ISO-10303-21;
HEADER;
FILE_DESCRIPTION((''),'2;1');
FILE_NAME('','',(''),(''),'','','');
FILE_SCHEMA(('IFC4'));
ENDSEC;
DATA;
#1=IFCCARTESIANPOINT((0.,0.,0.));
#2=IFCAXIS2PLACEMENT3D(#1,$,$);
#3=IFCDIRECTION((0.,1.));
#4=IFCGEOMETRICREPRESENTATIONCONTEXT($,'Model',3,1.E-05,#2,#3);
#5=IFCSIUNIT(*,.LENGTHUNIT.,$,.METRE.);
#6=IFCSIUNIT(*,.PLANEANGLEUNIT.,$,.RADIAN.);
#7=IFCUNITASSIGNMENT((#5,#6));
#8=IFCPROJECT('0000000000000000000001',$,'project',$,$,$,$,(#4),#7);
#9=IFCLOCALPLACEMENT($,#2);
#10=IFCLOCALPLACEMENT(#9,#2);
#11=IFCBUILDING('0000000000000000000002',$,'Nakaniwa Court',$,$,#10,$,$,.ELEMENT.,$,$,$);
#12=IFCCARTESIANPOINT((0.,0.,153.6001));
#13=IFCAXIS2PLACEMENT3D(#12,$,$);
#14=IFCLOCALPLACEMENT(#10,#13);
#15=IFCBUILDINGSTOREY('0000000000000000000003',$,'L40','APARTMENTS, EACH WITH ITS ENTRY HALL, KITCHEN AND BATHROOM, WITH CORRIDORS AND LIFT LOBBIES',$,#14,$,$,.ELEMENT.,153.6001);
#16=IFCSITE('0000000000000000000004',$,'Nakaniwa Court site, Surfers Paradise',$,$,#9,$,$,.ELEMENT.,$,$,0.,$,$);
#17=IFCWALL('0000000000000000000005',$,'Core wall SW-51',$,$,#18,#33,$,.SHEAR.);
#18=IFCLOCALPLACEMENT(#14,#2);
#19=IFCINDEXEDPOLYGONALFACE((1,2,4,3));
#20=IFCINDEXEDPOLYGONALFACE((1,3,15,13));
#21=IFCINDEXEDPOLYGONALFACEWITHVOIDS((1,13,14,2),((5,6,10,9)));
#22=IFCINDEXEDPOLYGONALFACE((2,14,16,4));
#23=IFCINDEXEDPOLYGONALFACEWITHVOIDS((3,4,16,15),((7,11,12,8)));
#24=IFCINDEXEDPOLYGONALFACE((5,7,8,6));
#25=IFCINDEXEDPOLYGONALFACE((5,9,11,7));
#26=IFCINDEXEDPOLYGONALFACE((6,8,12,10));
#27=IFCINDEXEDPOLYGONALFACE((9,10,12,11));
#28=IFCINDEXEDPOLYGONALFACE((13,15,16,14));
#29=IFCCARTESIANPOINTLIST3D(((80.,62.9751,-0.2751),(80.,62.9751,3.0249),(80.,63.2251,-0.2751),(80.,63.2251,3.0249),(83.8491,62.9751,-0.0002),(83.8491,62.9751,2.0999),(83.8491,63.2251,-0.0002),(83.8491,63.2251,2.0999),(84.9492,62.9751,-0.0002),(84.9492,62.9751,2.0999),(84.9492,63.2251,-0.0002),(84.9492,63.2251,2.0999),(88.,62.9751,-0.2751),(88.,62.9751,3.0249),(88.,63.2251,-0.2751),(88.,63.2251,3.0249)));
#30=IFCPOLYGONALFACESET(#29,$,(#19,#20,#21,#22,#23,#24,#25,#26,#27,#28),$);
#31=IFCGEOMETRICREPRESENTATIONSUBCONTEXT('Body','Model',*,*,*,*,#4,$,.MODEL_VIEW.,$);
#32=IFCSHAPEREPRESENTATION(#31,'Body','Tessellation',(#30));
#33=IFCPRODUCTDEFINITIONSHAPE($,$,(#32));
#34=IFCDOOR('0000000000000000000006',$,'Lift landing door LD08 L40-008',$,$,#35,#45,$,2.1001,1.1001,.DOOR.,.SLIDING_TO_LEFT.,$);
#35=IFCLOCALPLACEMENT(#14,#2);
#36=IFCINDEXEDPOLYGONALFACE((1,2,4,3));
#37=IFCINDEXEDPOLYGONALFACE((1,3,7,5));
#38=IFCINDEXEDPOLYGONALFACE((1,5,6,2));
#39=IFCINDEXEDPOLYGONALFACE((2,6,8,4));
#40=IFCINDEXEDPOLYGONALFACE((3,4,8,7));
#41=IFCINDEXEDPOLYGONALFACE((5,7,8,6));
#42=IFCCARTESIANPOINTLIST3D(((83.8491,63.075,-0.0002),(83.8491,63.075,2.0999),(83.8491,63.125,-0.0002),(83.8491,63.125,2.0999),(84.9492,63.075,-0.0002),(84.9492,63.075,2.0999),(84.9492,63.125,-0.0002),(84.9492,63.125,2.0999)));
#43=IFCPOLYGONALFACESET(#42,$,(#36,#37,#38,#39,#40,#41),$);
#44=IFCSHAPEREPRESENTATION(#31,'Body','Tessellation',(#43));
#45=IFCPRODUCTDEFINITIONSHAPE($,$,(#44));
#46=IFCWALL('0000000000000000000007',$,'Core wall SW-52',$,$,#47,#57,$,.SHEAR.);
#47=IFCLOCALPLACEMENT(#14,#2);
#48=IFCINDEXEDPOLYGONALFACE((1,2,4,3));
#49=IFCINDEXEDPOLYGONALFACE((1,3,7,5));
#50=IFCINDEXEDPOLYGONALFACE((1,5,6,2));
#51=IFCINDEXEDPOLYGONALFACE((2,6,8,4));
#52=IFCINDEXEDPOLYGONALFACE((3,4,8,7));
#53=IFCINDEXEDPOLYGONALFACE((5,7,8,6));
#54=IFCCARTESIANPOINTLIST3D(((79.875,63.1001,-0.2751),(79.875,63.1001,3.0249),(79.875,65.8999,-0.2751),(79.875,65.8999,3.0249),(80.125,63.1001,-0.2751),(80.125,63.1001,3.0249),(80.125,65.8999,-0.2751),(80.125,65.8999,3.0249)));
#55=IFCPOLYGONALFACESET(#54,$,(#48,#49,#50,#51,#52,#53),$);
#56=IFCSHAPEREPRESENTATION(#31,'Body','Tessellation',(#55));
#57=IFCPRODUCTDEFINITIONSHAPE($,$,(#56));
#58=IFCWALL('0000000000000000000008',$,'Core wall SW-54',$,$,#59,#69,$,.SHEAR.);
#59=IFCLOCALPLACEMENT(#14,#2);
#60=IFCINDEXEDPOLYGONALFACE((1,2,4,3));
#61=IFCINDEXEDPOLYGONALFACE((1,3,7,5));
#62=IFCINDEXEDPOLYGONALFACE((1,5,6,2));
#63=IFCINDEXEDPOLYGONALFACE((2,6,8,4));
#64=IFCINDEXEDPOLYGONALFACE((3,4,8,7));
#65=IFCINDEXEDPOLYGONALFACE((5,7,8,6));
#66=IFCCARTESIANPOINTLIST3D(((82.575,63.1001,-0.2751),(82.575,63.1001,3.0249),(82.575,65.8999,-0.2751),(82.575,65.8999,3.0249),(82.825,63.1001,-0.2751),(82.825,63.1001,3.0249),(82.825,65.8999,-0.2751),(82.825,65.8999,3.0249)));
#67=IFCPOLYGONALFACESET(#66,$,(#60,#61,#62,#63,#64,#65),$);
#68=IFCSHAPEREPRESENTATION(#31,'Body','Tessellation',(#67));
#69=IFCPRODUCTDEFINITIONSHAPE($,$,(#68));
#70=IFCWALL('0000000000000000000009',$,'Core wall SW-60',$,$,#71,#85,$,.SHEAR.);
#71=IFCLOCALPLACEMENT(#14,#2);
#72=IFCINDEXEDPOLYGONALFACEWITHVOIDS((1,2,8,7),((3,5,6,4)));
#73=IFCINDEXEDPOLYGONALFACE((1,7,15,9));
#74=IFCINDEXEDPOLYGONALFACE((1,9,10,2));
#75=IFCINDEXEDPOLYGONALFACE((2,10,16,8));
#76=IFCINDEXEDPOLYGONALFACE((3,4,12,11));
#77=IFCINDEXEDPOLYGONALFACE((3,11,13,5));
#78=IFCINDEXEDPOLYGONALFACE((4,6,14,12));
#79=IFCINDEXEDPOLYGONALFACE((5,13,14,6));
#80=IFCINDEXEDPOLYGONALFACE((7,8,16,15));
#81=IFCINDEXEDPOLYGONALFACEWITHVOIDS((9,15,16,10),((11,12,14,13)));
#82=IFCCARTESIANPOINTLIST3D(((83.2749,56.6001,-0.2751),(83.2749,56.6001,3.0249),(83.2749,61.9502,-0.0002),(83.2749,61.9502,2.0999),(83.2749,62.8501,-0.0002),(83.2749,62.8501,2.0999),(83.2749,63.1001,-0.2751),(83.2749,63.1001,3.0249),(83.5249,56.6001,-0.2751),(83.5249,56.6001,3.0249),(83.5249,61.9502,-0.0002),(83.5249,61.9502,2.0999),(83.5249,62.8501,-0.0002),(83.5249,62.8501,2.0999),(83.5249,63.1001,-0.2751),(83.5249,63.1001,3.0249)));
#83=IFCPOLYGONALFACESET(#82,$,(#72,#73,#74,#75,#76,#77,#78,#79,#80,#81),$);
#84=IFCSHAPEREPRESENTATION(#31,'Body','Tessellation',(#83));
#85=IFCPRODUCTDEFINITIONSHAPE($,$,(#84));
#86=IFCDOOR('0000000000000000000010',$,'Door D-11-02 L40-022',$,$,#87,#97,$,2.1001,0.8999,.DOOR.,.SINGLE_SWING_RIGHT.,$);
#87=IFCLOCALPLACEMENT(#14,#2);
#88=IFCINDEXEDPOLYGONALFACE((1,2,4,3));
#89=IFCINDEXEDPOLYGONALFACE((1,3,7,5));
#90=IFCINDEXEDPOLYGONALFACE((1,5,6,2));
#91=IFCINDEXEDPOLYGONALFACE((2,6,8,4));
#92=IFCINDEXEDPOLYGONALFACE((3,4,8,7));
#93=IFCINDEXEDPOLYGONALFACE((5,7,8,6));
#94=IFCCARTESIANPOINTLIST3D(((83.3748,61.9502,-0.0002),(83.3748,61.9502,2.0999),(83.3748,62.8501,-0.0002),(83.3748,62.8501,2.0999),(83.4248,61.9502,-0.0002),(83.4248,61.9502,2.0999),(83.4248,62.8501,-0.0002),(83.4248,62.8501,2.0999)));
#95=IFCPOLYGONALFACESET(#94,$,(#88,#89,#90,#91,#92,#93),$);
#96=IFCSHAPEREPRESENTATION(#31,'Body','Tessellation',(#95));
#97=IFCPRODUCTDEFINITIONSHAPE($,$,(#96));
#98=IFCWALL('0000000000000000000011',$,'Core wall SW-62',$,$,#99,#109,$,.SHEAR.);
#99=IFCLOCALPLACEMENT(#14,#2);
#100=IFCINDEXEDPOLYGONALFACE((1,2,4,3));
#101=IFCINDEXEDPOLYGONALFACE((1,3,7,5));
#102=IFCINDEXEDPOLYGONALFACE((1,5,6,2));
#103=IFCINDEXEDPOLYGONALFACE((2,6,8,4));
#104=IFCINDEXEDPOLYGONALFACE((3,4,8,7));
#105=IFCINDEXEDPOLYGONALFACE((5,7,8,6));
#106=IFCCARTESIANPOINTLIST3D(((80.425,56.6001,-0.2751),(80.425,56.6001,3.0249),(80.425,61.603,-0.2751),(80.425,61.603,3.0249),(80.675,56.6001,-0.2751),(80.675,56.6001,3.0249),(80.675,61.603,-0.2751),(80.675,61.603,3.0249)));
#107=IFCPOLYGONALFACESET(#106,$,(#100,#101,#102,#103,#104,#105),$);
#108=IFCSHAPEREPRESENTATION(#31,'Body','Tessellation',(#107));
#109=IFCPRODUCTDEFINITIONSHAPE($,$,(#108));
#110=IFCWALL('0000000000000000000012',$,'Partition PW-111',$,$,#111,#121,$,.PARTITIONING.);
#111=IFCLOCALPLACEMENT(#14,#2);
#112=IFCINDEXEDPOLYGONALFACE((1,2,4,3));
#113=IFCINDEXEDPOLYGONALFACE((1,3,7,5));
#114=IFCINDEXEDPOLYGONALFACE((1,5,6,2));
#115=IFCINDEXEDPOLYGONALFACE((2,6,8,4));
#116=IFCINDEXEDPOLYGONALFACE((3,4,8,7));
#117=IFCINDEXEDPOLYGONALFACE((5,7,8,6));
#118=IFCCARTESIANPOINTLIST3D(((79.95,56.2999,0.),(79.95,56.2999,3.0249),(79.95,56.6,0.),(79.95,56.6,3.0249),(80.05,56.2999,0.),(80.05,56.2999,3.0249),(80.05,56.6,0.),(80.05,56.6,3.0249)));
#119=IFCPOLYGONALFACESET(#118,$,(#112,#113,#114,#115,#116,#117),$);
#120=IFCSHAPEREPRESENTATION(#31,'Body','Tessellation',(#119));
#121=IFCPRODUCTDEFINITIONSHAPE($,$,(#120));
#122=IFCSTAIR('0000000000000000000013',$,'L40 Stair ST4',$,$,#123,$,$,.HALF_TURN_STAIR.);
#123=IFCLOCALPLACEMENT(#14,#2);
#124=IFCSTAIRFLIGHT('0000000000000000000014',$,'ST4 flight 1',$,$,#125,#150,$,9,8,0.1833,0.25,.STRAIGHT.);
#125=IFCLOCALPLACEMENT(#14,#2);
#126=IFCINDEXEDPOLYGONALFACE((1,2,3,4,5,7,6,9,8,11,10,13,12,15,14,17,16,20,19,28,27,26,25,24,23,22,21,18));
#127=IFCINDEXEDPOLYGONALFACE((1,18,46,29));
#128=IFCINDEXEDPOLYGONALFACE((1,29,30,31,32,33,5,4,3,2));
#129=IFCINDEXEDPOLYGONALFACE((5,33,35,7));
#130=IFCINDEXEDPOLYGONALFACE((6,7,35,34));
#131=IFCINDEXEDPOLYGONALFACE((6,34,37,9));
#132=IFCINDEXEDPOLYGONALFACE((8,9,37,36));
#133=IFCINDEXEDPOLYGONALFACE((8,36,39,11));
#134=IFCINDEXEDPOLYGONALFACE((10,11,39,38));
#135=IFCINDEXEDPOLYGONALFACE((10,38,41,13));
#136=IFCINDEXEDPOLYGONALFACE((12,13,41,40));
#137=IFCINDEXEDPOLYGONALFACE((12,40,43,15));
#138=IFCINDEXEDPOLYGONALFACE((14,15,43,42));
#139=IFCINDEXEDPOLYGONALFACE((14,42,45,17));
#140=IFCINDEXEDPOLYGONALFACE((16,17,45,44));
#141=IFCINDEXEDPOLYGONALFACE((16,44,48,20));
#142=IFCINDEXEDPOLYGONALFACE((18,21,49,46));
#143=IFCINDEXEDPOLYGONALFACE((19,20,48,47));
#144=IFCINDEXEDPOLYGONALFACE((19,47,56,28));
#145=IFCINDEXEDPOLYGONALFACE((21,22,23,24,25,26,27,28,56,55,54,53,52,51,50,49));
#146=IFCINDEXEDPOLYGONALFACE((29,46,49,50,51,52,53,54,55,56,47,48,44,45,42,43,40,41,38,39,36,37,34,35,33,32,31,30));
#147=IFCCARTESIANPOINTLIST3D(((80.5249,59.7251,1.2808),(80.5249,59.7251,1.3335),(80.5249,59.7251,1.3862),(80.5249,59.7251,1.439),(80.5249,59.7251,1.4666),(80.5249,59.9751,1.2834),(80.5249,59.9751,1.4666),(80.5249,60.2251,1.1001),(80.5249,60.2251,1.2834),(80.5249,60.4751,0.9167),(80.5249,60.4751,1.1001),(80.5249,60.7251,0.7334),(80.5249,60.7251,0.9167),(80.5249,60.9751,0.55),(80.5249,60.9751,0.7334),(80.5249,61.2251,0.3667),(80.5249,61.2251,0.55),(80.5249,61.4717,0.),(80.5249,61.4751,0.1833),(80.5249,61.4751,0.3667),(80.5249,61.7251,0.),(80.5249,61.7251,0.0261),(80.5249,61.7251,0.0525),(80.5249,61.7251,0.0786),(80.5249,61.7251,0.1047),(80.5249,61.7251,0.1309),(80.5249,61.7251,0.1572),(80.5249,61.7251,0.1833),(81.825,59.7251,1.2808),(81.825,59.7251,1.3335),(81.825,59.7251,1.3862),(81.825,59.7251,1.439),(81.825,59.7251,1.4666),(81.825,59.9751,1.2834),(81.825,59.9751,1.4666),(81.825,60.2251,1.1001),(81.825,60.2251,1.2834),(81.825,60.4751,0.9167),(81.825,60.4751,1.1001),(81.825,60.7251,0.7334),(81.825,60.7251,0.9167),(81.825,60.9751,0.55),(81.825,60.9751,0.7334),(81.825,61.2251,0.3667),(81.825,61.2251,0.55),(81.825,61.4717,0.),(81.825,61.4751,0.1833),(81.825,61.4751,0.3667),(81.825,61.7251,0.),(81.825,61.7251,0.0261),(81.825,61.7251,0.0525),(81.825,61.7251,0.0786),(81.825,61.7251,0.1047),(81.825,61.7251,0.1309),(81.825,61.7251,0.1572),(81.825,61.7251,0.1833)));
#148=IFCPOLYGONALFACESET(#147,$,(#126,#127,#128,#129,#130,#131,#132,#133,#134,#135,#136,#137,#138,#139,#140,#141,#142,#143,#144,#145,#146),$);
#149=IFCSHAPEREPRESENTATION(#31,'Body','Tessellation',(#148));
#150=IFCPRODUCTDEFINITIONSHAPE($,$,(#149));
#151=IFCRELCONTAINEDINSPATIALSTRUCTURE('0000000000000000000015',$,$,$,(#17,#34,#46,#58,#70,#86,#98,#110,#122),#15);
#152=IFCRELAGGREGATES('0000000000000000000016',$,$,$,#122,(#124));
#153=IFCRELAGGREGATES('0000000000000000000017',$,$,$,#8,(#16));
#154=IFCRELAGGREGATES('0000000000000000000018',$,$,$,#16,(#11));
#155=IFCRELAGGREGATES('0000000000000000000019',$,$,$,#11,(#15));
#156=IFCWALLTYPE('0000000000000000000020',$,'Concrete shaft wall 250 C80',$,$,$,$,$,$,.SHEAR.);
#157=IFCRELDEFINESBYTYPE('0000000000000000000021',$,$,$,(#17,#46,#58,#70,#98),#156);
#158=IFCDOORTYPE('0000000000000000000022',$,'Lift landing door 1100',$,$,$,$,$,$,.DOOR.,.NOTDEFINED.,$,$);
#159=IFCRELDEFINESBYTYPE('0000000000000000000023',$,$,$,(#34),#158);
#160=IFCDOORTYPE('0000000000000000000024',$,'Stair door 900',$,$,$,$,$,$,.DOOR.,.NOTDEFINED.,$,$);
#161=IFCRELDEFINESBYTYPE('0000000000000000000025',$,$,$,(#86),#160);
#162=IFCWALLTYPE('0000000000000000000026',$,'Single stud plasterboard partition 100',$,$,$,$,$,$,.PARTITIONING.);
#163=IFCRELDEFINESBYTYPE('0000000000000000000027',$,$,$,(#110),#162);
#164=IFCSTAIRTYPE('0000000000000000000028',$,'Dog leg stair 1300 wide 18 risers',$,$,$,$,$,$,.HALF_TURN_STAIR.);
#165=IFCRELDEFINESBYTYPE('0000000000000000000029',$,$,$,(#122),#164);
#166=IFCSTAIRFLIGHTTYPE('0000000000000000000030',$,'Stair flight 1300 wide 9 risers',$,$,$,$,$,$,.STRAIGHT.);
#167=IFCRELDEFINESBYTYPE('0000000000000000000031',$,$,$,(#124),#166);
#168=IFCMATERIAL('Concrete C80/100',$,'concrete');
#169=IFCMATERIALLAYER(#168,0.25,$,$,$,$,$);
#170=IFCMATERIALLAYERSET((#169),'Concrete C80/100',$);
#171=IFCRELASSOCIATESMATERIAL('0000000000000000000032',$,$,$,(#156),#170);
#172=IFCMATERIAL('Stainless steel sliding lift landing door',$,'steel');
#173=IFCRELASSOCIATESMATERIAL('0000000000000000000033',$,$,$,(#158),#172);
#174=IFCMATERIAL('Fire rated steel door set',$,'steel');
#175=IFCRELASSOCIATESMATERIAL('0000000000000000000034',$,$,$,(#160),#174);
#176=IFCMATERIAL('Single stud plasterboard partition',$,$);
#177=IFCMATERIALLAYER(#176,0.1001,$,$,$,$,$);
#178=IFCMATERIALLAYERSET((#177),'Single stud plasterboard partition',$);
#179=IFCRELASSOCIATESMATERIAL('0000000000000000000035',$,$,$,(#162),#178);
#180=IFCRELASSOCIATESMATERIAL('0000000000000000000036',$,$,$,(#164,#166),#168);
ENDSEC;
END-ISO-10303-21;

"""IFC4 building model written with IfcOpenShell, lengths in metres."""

from ifc_helpers import new_model, si_unit, direction, frame, frame_2d, origin, place, context, subcontext, project, spatial, polyline, rectangle, outline, extrude, material, layer, layer_set, type_object, element, fill, aggregate, save


model = new_model("IFC4")

# Units and contexts
model_context = context("Model", 3, precision=1e-05, world=origin(), true_north=direction((0.0, 1.0)))
body_context = subcontext(model_context, "Body", "Model", "MODEL_VIEW")
ifc_project = project(units=[si_unit("LENGTHUNIT", "METRE"), si_unit("PLANEANGLEUNIT", "RADIAN")], contexts=[model_context])

# Site, building, storey
site_placement = place(None, origin())
site = spatial("IfcSite", under=ifc_project, at=site_placement, Name="Nakaniwa Court site, Surfers Paradise", CompositionType="ELEMENT", RefElevation=0.0)
building_placement = place(site_placement, origin())
building = spatial("IfcBuilding", under=site, at=building_placement, Name="Nakaniwa Court", CompositionType="ELEMENT")
storey_placement = place(building_placement, frame((0.0, 0.0, 153.6001)))
storey = spatial("IfcBuildingStorey", under=building, at=storey_placement, Name="L40", Description="APARTMENTS, EACH WITH ITS ENTRY HALL, KITCHEN AND BATHROOM, WITH CORRIDORS AND LIFT LOBBIES", CompositionType="ELEMENT", Elevation=153.6001)

# Shared definitions
ifc_material_1 = material(Name="Fire rated steel door set", Category="steel")

# Shared definitions
ifc_material_2 = material(Name="Concrete C80/100", Category="concrete")
ifc_layer_1 = layer(ifc_material_2, 0.25)
ifc_layer_set_1 = layer_set([ifc_layer_1], Name="Concrete C80/100")
wall_type_1 = type_object("IfcWallType", Name="Concrete shaft wall 250 C80", PredefinedType="SHEAR", material=ifc_layer_set_1)

# Wall, opening, door
wall_1_placement = place(storey_placement, frame((80.0, 63.1001, -0.2751), z_axis=(0.0, 0.0, 1.0), x_axis=(1.0, 0.0, 0.0)))
wall_1 = element("IfcWall", 1, at=wall_1_placement, inside=storey, type_object=wall_type_1, Name="Core wall SW-51", PredefinedType="SHEAR", context=body_context, shape_type="SweptSolid", body=[
    extrude(rectangle(XDim=8.0, YDim=0.25, at=frame_2d((4.0, 0.0))), origin(), (0.0, 0.0, 1.0), 3.3),
])
opening_1_placement = place(wall_1_placement, frame((3.8491, 0.0, 0.2749)))
opening_1 = element("IfcOpeningElement", 2, at=opening_1_placement, cuts=wall_1, PredefinedType="OPENING", context=body_context, shape_type="SweptSolid", body=[
    extrude(rectangle(XDim=1.1001, YDim=2.1001, at=frame_2d((0.55, 1.05))), frame((0.0, 0.135, 0.0), z_axis=(0.0, -1.0, 0.0), x_axis=(1.0, 0.0, 0.0)), (0.0, 0.0, 1.0), 0.27),
])
ifc_material_3 = material(Name="Stainless steel sliding lift landing door", Category="steel")
door_type_1 = type_object("IfcDoorType", Name="Lift landing door 1100", OperationType="NOTDEFINED", PredefinedType="DOOR", material=ifc_material_3)
door_1_placement = place(opening_1_placement, origin())
door_1 = element("IfcDoor", 3, at=door_1_placement, inside=storey, type_object=door_type_1, Name="Lift landing door LD08 L40-008", OperationType="SLIDING_TO_LEFT", OverallHeight=2.1001, OverallWidth=1.1001, PredefinedType="DOOR", context=body_context, shape_type="SweptSolid", body=[
    extrude(rectangle(XDim=1.1001, YDim=2.1001, at=frame_2d((0.55, 1.05))), frame((0.0, 0.0249, 0.0), z_axis=(0.0, -1.0, 0.0), x_axis=(1.0, 0.0, 0.0)), (0.0, 0.0, 1.0), 0.05),
])
fill(opening_1, door_1)

# Walls
for number, where, z_axis, x_axis, name in (
    (4, (80.0, 63.1001, -0.2751), (0.0, 0.0, 1.0), (0.0, 1.0, 0.0), "Core wall SW-52"),
    (5, (82.7, 63.1001, -0.2751), (0.0, 0.0, 1.0), (0.0, 1.0, 0.0), "Core wall SW-54"),
):
    element("IfcWall", number, at=place(storey_placement, frame(where, z_axis=z_axis, x_axis=x_axis)), inside=storey, type_object=wall_type_1, Name=name, PredefinedType="SHEAR", context=body_context, shape_type="SweptSolid", body=[
        extrude(rectangle(XDim=2.7998, YDim=0.25, at=frame_2d((1.3999, 0.0))), origin(), (0.0, 0.0, 1.0), 3.3),
    ])

# Wall, opening, door
wall_2_placement = place(storey_placement, frame((83.3999, 63.1001, -0.2751), z_axis=(0.0, 0.0, 1.0), x_axis=(0.0, -1.0, 0.0)))
wall_2 = element("IfcWall", 6, at=wall_2_placement, inside=storey, type_object=wall_type_1, Name="Core wall SW-60", PredefinedType="SHEAR", context=body_context, shape_type="SweptSolid", body=[
    extrude(rectangle(XDim=6.5, YDim=0.25, at=frame_2d((3.25, 0.0))), origin(), (0.0, 0.0, 1.0), 3.3),
])
opening_2_placement = place(wall_2_placement, frame((0.25, 0.0, 0.2749)))
opening_2 = element("IfcOpeningElement", 7, at=opening_2_placement, cuts=wall_2, PredefinedType="OPENING", context=body_context, shape_type="SweptSolid", body=[
    extrude(rectangle(XDim=0.8999, YDim=2.1001, at=frame_2d((0.45, 1.05))), frame((0.0, 0.135, 0.0), z_axis=(0.0, -1.0, 0.0), x_axis=(1.0, 0.0, 0.0)), (0.0, 0.0, 1.0), 0.27),
])
door_type_2 = type_object("IfcDoorType", Name="Stair door 900", OperationType="NOTDEFINED", PredefinedType="DOOR", material=ifc_material_1)
door_2_placement = place(opening_2_placement, origin())
door_2 = element("IfcDoor", 8, at=door_2_placement, inside=storey, type_object=door_type_2, Name="Door D-11-02 L40-022", OperationType="SINGLE_SWING_RIGHT", OverallHeight=2.1001, OverallWidth=0.8999, PredefinedType="DOOR", context=body_context, shape_type="SweptSolid", body=[
    extrude(rectangle(XDim=0.8999, YDim=2.1001, at=frame_2d((0.45, 1.05))), frame((0.0, 0.0249, 0.0), z_axis=(0.0, -1.0, 0.0), x_axis=(1.0, 0.0, 0.0)), (0.0, 0.0, 1.0), 0.05),
])
fill(opening_2, door_2)

# Walls
wall_3_placement = place(storey_placement, frame((80.55, 56.6001, -0.2751), z_axis=(0.0, 0.0, 1.0), x_axis=(0.0, 1.0, 0.0)))
element("IfcWall", 9, at=wall_3_placement, inside=storey, type_object=wall_type_1, Name="Core wall SW-62", PredefinedType="SHEAR", context=body_context, shape_type="SweptSolid", body=[
    extrude(rectangle(XDim=5.0029, YDim=0.25, at=frame_2d((2.5015, 0.0))), origin(), (0.0, 0.0, 1.0), 3.3),
])
ifc_material_4 = material(Name="Single stud plasterboard partition")
ifc_layer_2 = layer(ifc_material_4, 0.1001)
ifc_layer_set_2 = layer_set([ifc_layer_2], Name="Single stud plasterboard partition")
wall_type_2 = type_object("IfcWallType", Name="Single stud plasterboard partition 100", PredefinedType="PARTITIONING", material=ifc_layer_set_2)
wall_4_placement = place(storey_placement, frame((80.0, 56.3, 0.0), z_axis=(0.0, 0.0, 1.0), x_axis=(0.0, 1.0, 0.0)))
element("IfcWall", 10, at=wall_4_placement, inside=storey, type_object=wall_type_2, Name="Partition PW-111", PredefinedType="PARTITIONING", context=body_context, shape_type="SweptSolid", body=[
    extrude(rectangle(XDim=0.3, YDim=0.1001, at=frame_2d((0.1499, 0.0))), origin(), (0.0, 0.0, 1.0), 3.0249),
])

# Stair, stair flight
stair_type = type_object("IfcStairType", Name="Dog leg stair 1300 wide 18 risers", PredefinedType="HALF_TURN_STAIR", material=ifc_material_2)
stair_placement = place(storey_placement, origin())
stair = element("IfcStair", 11, at=stair_placement, inside=storey, type_object=stair_type, Name="L40 Stair ST4", PredefinedType="HALF_TURN_STAIR")
stair_flight_type = type_object("IfcStairFlightType", Name="Stair flight 1300 wide 9 risers", PredefinedType="STRAIGHT", material=ifc_material_2)
stair_flight_1_placement = place(storey_placement, frame((81.175, 61.7251, 0.0), z_axis=(0.0, 0.0, 1.0), x_axis=(0.0, -1.0, 0.0)))
stair_flight_1 = element("IfcStairFlight", 12, at=stair_flight_1_placement, type_object=stair_flight_type, Name="ST4 flight 1", NumberOfRisers=9, NumberOfTreads=8, PredefinedType="STRAIGHT", RiserHeight=0.1833, TreadLength=0.25, context=body_context, shape_type="SweptSolid", body=[
    extrude(outline(polyline([(0.0, 0.0), (0.0, 0.0261), (0.0, 0.0525), (0.0, 0.0786), (0.0, 0.1047), (0.0, 0.1309), (0.0, 0.1572), (0.0, 0.1833), (0.25, 0.1833), (0.25, 0.3667), (0.5, 0.3667), (0.5, 0.55), (0.75, 0.55), (0.75, 0.7334), (1.0, 0.7334), (1.0, 0.9167), (1.25, 0.9167), (1.25, 1.1001), (1.5, 1.1001), (1.5, 1.2834), (1.75, 1.2834), (1.75, 1.4666), (2.0, 1.4666), (2.0, 1.6499), (2.0, 1.5972), (2.0, 1.5444), (2.0, 1.4917), (2.0, 1.439), (2.0, 1.3862), (2.0, 1.3335), (2.0, 1.2808), (0.2534, 0.0), (0.0, 0.0)])), frame((0.0, 0.6499, 0.0), z_axis=(0.0, -1.0, 0.0), x_axis=(1.0, 0.0, 0.0)), (0.0, 0.0, 1.0), 1.3),
])
aggregate(stair, [stair_flight_1])

save(model, "model.ifc")
